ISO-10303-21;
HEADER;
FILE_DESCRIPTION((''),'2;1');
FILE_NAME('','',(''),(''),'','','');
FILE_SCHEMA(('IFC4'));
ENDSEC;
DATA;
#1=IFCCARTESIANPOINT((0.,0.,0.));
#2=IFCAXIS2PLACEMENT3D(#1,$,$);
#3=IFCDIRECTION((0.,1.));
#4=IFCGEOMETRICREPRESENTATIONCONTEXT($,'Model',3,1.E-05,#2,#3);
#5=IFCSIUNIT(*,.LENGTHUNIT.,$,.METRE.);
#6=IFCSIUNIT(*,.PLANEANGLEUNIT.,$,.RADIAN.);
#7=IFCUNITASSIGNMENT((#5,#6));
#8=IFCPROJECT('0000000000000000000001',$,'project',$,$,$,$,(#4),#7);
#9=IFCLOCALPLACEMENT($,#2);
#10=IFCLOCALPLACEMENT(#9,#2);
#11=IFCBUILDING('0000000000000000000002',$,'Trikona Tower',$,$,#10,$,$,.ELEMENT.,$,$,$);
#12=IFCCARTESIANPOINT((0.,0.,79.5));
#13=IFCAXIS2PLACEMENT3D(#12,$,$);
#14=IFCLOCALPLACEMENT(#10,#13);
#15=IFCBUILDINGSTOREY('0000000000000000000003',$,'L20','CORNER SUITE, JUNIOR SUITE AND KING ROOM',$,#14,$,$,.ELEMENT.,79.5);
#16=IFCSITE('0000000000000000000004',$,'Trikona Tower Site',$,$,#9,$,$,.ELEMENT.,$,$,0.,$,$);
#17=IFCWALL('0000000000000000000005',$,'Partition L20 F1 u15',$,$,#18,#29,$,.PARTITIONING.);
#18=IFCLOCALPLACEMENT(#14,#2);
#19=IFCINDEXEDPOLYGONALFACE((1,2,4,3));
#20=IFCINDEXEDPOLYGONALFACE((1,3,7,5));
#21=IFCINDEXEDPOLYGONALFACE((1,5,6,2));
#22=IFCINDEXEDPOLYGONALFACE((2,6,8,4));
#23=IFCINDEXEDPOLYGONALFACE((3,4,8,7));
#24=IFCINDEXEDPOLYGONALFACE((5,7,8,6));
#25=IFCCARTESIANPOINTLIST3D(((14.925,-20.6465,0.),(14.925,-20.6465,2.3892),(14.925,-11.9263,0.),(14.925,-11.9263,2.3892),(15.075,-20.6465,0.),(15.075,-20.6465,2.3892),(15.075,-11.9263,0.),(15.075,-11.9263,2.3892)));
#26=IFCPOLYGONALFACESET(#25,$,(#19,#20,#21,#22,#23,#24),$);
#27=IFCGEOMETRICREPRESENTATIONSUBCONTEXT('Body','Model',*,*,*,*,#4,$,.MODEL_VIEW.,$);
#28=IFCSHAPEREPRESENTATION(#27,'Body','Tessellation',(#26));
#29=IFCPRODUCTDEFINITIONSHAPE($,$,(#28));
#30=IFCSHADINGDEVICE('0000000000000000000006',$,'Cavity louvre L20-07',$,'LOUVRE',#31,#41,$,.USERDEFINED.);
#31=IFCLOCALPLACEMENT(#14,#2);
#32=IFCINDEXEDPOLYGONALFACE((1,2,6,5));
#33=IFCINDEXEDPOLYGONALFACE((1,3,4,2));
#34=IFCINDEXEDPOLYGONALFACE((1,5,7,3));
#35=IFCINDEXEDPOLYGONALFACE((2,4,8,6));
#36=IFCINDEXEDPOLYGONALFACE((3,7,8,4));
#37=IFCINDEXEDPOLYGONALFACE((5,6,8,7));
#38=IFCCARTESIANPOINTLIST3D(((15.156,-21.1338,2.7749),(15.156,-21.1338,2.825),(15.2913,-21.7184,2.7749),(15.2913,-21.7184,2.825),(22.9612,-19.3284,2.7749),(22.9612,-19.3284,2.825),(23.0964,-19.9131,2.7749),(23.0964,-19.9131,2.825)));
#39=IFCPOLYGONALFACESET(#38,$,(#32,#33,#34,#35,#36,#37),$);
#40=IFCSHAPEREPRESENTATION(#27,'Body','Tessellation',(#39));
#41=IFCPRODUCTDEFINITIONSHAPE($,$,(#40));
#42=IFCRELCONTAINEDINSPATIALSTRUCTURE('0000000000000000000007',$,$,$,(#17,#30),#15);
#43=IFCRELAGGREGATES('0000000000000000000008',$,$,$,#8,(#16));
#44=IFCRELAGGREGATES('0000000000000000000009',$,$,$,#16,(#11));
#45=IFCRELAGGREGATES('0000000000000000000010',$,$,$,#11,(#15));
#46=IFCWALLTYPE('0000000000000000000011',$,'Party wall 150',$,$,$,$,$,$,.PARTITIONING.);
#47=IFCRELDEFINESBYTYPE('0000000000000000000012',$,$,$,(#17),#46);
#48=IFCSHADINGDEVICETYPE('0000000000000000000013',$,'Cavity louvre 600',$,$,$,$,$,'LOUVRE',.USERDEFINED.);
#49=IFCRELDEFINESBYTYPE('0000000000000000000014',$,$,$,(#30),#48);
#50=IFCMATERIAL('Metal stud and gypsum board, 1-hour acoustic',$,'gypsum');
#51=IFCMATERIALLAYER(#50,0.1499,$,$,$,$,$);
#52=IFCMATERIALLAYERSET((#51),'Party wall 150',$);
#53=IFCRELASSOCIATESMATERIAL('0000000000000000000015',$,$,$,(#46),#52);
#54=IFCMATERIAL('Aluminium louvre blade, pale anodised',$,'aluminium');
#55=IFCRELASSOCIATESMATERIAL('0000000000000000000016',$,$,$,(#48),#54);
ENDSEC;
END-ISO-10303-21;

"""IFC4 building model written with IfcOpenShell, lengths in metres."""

from ifc_helpers import new_model, si_unit, direction, frame, frame_2d, origin, origin_2d, place, context, subcontext, project, spatial, rectangle, extrude, material, layer, layer_set, type_object, element, save


model = new_model("IFC4")

# Units and contexts
model_context = context("Model", 3, precision=1e-05, world=origin(), true_north=direction((0.0, 1.0)))
body_context = subcontext(model_context, "Body", "Model", "MODEL_VIEW")
ifc_project = project(units=[si_unit("LENGTHUNIT", "METRE"), si_unit("PLANEANGLEUNIT", "RADIAN")], contexts=[model_context])

# Site, building, storey
site_placement = place(None, origin())
site = spatial("IfcSite", under=ifc_project, at=site_placement, Name="Trikona Tower Site", CompositionType="ELEMENT", RefElevation=0.0)
building_placement = place(site_placement, origin())
building = spatial("IfcBuilding", under=site, at=building_placement, Name="Trikona Tower", CompositionType="ELEMENT")
storey_placement = place(building_placement, frame((0.0, 0.0, 79.5)))
storey = spatial("IfcBuildingStorey", under=building, at=storey_placement, Name="L20", Description="CORNER SUITE, JUNIOR SUITE AND KING ROOM", CompositionType="ELEMENT", Elevation=79.5)

# Wall
ifc_material_1 = material(Name="Metal stud and gypsum board, 1-hour acoustic", Category="gypsum")
ifc_layer_1 = layer(ifc_material_1, 0.1499)
ifc_layer_set_1 = layer_set([ifc_layer_1], Name="Party wall 150")
wall_type_1 = type_object("IfcWallType", Name="Party wall 150", PredefinedType="PARTITIONING", material=ifc_layer_set_1)
wall_1_placement = place(storey_placement, frame((15.0, -11.9263, 0.0), z_axis=(0.0, 0.0, 1.0), x_axis=(0.0, -1.0, 0.0)))
element("IfcWall", 1, at=wall_1_placement, inside=storey, type_object=wall_type_1, Name="Partition L20 F1 u15", PredefinedType="PARTITIONING", context=body_context, shape_type="SweptSolid", body=[
    extrude(rectangle(XDim=8.7202, YDim=0.1499, at=frame_2d((4.3601, 0.0))), origin(), (0.0, 0.0, 1.0), 2.3892),
])

# Shading device
ifc_material_2 = material(Name="Aluminium louvre blade, pale anodised", Category="aluminium")
shading_device_type = type_object("IfcShadingDeviceType", Name="Cavity louvre 600", ElementType="LOUVRE", PredefinedType="USERDEFINED", material=ifc_material_2)
shading_device_placement = place(storey_placement, frame((19.1262, -20.5234, 2.7749), z_axis=(0.0, 0.0, 1.0), x_axis=(0.974278, 0.225351, 0.0)))
element("IfcShadingDevice", 2, at=shading_device_placement, inside=storey, type_object=shading_device_type, Name="Cavity louvre L20-07", ObjectType="LOUVRE", PredefinedType="USERDEFINED", context=body_context, shape_type="SweptSolid", body=[
    extrude(rectangle(XDim=8.0112, YDim=0.6001, at=origin_2d()), origin(), (0.0, 0.0, 1.0), 0.05),
])

save(model, "model.ifc")
